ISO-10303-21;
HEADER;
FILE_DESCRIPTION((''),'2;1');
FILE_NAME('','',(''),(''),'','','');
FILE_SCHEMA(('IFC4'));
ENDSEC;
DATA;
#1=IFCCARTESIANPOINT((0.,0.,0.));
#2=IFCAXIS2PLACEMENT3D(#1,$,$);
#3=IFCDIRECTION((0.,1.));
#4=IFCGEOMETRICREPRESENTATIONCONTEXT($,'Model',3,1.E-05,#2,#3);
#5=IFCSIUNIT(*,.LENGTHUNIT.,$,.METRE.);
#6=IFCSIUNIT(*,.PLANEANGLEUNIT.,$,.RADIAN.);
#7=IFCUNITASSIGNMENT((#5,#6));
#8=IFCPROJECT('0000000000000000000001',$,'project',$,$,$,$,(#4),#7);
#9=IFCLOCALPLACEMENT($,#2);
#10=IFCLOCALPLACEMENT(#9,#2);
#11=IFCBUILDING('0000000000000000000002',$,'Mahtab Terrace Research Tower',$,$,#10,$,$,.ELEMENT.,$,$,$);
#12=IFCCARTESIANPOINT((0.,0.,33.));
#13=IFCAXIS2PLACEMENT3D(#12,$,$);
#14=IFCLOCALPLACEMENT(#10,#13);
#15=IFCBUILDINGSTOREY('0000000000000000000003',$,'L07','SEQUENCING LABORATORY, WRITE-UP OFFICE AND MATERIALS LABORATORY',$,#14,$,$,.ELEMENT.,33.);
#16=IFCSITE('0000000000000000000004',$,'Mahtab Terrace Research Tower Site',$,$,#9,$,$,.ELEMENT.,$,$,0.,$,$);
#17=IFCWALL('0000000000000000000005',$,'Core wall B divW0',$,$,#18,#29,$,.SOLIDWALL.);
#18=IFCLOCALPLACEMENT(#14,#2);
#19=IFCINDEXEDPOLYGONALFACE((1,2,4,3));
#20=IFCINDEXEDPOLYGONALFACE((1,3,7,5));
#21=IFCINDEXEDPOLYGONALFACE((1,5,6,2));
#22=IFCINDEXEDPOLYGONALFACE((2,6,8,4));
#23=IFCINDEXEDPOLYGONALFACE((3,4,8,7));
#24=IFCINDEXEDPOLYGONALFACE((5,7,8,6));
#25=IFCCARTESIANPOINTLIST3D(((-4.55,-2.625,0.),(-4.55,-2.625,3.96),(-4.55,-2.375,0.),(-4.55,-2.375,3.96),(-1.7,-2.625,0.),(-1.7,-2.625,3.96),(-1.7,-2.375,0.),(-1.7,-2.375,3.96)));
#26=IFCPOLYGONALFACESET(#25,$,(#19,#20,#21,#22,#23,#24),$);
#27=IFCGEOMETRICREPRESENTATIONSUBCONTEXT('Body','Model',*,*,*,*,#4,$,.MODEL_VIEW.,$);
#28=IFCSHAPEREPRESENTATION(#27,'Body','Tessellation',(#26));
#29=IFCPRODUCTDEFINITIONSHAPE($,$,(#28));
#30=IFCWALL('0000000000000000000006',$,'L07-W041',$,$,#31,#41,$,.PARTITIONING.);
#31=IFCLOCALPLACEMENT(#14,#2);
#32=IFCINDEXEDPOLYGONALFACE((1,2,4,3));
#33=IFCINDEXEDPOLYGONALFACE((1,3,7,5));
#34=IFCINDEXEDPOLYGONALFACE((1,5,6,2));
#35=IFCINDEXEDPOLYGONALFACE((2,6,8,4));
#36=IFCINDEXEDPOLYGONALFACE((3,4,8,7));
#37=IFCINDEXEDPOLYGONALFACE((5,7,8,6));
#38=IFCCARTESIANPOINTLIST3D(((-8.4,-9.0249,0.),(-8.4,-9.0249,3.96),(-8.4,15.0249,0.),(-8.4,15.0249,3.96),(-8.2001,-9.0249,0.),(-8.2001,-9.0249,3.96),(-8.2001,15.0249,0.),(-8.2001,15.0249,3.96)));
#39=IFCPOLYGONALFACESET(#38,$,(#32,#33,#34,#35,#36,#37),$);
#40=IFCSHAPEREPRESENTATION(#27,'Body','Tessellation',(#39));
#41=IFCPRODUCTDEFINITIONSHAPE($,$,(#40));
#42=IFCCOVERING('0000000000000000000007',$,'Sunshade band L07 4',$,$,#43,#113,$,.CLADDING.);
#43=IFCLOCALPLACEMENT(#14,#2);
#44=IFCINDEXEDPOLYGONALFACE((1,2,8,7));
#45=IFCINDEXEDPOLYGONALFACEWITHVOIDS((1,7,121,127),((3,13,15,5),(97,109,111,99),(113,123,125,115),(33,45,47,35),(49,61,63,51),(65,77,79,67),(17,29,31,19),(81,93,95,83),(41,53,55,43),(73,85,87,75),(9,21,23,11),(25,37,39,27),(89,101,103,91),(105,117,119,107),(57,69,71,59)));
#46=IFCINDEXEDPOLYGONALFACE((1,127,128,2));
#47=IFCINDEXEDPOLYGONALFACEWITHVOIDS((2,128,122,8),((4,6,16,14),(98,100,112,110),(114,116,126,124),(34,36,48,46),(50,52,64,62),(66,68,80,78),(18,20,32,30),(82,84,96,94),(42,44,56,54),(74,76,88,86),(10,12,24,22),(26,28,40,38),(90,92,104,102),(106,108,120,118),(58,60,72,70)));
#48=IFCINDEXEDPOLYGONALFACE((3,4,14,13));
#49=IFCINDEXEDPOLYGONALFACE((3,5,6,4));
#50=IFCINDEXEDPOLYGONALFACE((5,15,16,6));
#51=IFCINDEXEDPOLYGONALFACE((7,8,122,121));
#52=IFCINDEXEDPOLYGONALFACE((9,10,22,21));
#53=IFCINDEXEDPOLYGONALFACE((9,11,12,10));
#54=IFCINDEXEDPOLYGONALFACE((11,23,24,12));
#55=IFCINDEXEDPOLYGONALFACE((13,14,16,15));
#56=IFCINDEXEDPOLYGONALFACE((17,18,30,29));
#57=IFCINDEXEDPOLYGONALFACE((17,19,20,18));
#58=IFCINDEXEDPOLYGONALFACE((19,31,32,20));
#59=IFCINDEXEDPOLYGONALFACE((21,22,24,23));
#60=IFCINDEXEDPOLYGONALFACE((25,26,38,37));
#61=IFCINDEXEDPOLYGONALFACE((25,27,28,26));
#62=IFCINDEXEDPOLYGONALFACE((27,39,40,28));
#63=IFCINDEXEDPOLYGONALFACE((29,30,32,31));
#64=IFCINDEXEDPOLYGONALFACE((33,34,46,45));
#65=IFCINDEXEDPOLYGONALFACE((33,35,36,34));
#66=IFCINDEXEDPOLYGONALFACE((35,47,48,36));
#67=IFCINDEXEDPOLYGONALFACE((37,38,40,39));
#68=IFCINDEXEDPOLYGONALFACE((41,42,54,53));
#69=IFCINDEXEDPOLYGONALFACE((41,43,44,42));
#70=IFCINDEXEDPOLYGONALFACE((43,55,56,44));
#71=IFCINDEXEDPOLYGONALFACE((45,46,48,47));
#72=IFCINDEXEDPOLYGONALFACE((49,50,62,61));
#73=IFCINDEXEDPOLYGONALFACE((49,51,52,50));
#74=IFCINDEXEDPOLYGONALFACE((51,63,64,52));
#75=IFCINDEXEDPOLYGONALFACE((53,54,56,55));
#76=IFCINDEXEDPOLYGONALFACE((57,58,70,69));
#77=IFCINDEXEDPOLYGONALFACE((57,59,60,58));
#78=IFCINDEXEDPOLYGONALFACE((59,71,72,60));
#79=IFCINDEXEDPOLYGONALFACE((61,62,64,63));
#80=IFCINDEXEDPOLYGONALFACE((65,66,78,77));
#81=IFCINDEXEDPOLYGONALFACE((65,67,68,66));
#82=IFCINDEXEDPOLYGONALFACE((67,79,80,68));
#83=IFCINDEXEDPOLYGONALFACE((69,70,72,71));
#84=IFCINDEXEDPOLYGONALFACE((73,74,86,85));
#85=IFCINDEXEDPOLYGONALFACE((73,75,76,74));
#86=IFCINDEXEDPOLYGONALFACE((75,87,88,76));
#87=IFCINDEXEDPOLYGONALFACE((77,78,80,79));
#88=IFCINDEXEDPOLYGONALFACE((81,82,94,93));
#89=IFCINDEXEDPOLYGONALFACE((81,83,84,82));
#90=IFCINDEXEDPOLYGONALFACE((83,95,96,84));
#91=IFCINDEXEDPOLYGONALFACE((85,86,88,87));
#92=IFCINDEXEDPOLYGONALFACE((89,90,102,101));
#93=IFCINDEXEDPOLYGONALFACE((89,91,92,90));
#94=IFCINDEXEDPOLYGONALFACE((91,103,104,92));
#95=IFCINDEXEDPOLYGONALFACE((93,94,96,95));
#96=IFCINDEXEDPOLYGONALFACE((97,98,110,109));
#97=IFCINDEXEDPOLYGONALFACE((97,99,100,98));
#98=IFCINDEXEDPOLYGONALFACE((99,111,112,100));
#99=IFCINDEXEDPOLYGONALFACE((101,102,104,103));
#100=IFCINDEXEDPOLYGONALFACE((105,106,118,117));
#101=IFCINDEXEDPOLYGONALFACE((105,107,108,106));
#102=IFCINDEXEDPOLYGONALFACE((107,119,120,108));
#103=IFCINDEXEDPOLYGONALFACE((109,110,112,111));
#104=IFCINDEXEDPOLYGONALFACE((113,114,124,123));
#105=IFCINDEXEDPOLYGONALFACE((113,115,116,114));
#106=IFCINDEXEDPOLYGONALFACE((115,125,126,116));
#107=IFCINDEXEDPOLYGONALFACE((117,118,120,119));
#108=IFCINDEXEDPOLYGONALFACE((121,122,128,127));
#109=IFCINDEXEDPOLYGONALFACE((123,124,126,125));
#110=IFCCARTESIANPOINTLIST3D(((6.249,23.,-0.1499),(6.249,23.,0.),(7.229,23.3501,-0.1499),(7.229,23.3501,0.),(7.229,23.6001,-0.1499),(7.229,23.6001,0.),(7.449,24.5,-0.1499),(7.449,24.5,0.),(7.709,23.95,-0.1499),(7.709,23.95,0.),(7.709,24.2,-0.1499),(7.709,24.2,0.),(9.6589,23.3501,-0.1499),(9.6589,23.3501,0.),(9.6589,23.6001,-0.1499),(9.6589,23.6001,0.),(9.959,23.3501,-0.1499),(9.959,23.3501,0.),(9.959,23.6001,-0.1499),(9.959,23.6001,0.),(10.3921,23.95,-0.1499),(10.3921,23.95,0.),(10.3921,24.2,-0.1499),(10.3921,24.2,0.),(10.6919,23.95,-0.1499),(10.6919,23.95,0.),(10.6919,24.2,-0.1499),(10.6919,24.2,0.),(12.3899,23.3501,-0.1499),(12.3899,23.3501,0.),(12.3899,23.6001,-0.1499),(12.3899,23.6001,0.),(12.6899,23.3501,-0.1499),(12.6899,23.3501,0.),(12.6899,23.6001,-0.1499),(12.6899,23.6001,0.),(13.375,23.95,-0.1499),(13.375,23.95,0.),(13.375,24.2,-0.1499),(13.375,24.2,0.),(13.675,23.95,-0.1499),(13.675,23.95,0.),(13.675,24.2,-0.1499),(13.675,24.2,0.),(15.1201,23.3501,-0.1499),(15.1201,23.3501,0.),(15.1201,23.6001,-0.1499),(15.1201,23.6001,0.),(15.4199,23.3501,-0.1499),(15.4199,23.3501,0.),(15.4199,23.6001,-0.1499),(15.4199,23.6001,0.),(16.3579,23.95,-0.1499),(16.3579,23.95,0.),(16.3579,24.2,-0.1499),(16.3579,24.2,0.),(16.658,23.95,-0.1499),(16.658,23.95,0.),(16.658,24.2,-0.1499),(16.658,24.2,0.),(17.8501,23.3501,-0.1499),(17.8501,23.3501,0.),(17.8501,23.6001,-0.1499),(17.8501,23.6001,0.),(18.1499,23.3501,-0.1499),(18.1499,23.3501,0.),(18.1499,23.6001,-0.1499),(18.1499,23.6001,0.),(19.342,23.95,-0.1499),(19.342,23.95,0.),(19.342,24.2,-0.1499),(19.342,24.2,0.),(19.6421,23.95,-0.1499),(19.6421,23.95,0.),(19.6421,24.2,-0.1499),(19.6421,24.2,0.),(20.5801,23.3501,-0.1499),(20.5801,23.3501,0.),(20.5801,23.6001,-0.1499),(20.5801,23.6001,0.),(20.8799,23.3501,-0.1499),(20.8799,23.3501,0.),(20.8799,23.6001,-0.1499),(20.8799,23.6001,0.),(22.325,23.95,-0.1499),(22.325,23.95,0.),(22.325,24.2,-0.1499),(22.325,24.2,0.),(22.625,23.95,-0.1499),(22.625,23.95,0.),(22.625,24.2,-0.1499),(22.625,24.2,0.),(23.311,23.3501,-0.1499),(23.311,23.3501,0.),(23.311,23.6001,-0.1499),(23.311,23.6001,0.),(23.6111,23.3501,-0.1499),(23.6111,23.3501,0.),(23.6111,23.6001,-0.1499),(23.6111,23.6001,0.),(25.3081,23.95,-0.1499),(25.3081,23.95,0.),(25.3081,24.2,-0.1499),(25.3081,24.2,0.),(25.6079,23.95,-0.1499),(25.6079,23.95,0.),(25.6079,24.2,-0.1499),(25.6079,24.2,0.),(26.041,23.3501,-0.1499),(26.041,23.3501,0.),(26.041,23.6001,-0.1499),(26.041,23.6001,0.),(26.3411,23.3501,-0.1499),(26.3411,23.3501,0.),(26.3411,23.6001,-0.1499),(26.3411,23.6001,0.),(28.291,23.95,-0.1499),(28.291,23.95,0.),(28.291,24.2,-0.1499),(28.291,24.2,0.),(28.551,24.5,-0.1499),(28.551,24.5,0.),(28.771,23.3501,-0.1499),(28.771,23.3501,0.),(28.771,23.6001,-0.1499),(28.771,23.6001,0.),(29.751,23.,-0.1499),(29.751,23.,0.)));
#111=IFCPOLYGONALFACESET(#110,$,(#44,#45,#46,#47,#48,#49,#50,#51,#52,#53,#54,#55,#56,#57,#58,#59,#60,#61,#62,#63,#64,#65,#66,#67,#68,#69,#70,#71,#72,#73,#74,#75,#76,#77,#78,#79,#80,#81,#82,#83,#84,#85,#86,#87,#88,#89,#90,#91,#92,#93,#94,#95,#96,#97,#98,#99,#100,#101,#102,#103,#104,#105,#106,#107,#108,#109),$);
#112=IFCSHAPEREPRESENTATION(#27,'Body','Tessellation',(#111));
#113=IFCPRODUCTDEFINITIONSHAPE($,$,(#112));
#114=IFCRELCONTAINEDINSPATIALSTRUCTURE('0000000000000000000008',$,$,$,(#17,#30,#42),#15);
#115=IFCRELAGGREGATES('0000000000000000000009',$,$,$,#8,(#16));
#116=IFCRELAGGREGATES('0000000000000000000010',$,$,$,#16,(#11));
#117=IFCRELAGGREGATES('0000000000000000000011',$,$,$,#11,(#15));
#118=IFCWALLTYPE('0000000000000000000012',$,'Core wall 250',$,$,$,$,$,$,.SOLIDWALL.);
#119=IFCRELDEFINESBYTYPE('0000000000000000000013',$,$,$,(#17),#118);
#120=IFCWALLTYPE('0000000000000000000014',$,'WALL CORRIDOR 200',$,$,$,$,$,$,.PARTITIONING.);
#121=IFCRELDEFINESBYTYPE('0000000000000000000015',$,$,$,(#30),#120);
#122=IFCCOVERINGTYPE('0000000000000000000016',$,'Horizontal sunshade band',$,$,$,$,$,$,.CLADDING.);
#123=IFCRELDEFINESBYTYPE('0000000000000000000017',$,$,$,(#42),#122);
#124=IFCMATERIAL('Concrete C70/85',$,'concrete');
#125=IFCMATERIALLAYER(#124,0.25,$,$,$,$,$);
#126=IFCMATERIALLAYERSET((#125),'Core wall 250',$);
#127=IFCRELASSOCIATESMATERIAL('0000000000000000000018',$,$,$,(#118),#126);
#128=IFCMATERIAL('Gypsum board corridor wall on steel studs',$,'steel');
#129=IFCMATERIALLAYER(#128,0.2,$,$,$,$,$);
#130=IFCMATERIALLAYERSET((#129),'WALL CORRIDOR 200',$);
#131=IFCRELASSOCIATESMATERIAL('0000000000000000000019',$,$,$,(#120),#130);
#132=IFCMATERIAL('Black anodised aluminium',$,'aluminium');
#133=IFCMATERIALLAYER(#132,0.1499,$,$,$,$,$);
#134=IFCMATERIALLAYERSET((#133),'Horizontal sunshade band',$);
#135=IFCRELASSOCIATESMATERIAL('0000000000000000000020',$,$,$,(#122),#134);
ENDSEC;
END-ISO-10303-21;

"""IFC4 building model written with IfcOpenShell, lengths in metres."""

from ifc_helpers import new_model, si_unit, direction, frame, frame_2d, origin, place, context, subcontext, project, spatial, polyline, rectangle, outline, extrude, material, layer, layer_set, type_object, element, save


model = new_model("IFC4")

# Units and contexts
model_context = context("Model", 3, precision=1e-05, world=origin(), true_north=direction((0.0, 1.0)))
body_context = subcontext(model_context, "Body", "Model", "MODEL_VIEW")
ifc_project = project(units=[si_unit("LENGTHUNIT", "METRE"), si_unit("PLANEANGLEUNIT", "RADIAN")], contexts=[model_context])

# Site, building, storey
site_placement = place(None, origin())
site = spatial("IfcSite", under=ifc_project, at=site_placement, Name="Mahtab Terrace Research Tower Site", CompositionType="ELEMENT", RefElevation=0.0)
building_placement = place(site_placement, origin())
building = spatial("IfcBuilding", under=site, at=building_placement, Name="Mahtab Terrace Research Tower", CompositionType="ELEMENT")
storey_placement = place(building_placement, frame((0.0, 0.0, 33.0)))
storey = spatial("IfcBuildingStorey", under=building, at=storey_placement, Name="L07", Description="SEQUENCING LABORATORY, WRITE-UP OFFICE AND MATERIALS LABORATORY", CompositionType="ELEMENT", Elevation=33.0)

# Shared definitions
ifc_material_1 = material(Name="Concrete C70/85", Category="concrete")

# Shared definitions
ifc_layer_1 = layer(ifc_material_1, 0.25)
ifc_layer_set_1 = layer_set([ifc_layer_1], Name="Core wall 250")
wall_type_1 = type_object("IfcWallType", Name="Core wall 250", PredefinedType="SOLIDWALL", material=ifc_layer_set_1)

# Walls
wall_1_placement = place(storey_placement, frame((-4.55, -2.5, 0.0), z_axis=(0.0, 0.0, 1.0), x_axis=(1.0, 0.0, 0.0)))
element("IfcWall", 1, at=wall_1_placement, inside=storey, type_object=wall_type_1, Name="Core wall B divW0", PredefinedType="SOLIDWALL", context=body_context, shape_type="SweptSolid", body=[
    extrude(rectangle(XDim=2.8501, YDim=0.25, at=frame_2d((1.425, 0.0))), origin(), (0.0, 0.0, 1.0), 3.96),
])
ifc_material_2 = material(Name="Gypsum board corridor wall on steel studs", Category="steel")
ifc_layer_2 = layer(ifc_material_2, 0.2)
ifc_layer_set_2 = layer_set([ifc_layer_2], Name="WALL CORRIDOR 200")
wall_type_2 = type_object("IfcWallType", Name="WALL CORRIDOR 200", PredefinedType="PARTITIONING", material=ifc_layer_set_2)
wall_2_placement = place(storey_placement, frame((-8.3, -9.0249, 0.0), z_axis=(0.0, 0.0, 1.0), x_axis=(0.0, 1.0, 0.0)))
element("IfcWall", 2, at=wall_2_placement, inside=storey, type_object=wall_type_2, Name="L07-W041", PredefinedType="PARTITIONING", context=body_context, shape_type="SweptSolid", body=[
    extrude(rectangle(XDim=24.0498, YDim=0.2, at=frame_2d((12.0249, 0.0))), origin(), (0.0, 0.0, 1.0), 3.96),
])

# Covering
ifc_material_3 = material(Name="Black anodised aluminium", Category="aluminium")
ifc_layer_3 = layer(ifc_material_3, 0.1499)
ifc_layer_set_3 = layer_set([ifc_layer_3], Name="Horizontal sunshade band")
covering_type = type_object("IfcCoveringType", Name="Horizontal sunshade band", PredefinedType="CLADDING", material=ifc_layer_set_3)
covering_1_placement = place(storey_placement, frame((0.0, 0.0, -0.1499)))
element("IfcCovering", 3, at=covering_1_placement, inside=storey, type_object=covering_type, Name="Sunshade band L07 4", PredefinedType="CLADDING", context=body_context, shape_type="SweptSolid", body=[
    extrude(outline(polyline([(29.751, 23.0), (6.249, 23.0), (7.449, 24.5), (28.551, 24.5), (29.751, 23.0)]), holes=[polyline([(28.771, 23.3501), (26.3411, 23.3501), (26.3411, 23.6001), (28.771, 23.6001), (28.771, 23.3501)]), polyline([(26.041, 23.3501), (23.6111, 23.3501), (23.6111, 23.6001), (26.041, 23.6001), (26.041, 23.3501)]), polyline([(23.311, 23.3501), (20.8799, 23.3501), (20.8799, 23.6001), (23.311, 23.6001), (23.311, 23.3501)]), polyline([(20.5801, 23.3501), (18.1499, 23.3501), (18.1499, 23.6001), (20.5801, 23.6001), (20.5801, 23.3501)]), polyline([(17.8501, 23.3501), (15.4199, 23.3501), (15.4199, 23.6001), (17.8501, 23.6001), (17.8501, 23.3501)]), polyline([(15.1201, 23.3501), (12.6899, 23.3501), (12.6899, 23.6001), (15.1201, 23.6001), (15.1201, 23.3501)]), polyline([(12.3899, 23.3501), (9.959, 23.3501), (9.959, 23.6001), (12.3899, 23.6001), (12.3899, 23.3501)]), polyline([(9.6589, 23.3501), (7.229, 23.3501), (7.229, 23.6001), (9.6589, 23.6001), (9.6589, 23.3501)]), polyline([(28.291, 23.95), (25.6079, 23.95), (25.6079, 24.2), (28.291, 24.2), (28.291, 23.95)]), polyline([(25.3081, 23.95), (22.625, 23.95), (22.625, 24.2), (25.3081, 24.2), (25.3081, 23.95)]), polyline([(22.325, 23.95), (19.6421, 23.95), (19.6421, 24.2), (22.325, 24.2), (22.325, 23.95)]), polyline([(19.342, 23.95), (16.658, 23.95), (16.658, 24.2), (19.342, 24.2), (19.342, 23.95)]), polyline([(16.3579, 23.95), (13.675, 23.95), (13.675, 24.2), (16.3579, 24.2), (16.3579, 23.95)]), polyline([(13.375, 23.95), (10.6919, 23.95), (10.6919, 24.2), (13.375, 24.2), (13.375, 23.95)]), polyline([(10.3921, 23.95), (7.709, 23.95), (7.709, 24.2), (10.3921, 24.2), (10.3921, 23.95)])]), origin(), (0.0, 0.0, 1.0), 0.1499),
])

save(model, "model.ifc")
